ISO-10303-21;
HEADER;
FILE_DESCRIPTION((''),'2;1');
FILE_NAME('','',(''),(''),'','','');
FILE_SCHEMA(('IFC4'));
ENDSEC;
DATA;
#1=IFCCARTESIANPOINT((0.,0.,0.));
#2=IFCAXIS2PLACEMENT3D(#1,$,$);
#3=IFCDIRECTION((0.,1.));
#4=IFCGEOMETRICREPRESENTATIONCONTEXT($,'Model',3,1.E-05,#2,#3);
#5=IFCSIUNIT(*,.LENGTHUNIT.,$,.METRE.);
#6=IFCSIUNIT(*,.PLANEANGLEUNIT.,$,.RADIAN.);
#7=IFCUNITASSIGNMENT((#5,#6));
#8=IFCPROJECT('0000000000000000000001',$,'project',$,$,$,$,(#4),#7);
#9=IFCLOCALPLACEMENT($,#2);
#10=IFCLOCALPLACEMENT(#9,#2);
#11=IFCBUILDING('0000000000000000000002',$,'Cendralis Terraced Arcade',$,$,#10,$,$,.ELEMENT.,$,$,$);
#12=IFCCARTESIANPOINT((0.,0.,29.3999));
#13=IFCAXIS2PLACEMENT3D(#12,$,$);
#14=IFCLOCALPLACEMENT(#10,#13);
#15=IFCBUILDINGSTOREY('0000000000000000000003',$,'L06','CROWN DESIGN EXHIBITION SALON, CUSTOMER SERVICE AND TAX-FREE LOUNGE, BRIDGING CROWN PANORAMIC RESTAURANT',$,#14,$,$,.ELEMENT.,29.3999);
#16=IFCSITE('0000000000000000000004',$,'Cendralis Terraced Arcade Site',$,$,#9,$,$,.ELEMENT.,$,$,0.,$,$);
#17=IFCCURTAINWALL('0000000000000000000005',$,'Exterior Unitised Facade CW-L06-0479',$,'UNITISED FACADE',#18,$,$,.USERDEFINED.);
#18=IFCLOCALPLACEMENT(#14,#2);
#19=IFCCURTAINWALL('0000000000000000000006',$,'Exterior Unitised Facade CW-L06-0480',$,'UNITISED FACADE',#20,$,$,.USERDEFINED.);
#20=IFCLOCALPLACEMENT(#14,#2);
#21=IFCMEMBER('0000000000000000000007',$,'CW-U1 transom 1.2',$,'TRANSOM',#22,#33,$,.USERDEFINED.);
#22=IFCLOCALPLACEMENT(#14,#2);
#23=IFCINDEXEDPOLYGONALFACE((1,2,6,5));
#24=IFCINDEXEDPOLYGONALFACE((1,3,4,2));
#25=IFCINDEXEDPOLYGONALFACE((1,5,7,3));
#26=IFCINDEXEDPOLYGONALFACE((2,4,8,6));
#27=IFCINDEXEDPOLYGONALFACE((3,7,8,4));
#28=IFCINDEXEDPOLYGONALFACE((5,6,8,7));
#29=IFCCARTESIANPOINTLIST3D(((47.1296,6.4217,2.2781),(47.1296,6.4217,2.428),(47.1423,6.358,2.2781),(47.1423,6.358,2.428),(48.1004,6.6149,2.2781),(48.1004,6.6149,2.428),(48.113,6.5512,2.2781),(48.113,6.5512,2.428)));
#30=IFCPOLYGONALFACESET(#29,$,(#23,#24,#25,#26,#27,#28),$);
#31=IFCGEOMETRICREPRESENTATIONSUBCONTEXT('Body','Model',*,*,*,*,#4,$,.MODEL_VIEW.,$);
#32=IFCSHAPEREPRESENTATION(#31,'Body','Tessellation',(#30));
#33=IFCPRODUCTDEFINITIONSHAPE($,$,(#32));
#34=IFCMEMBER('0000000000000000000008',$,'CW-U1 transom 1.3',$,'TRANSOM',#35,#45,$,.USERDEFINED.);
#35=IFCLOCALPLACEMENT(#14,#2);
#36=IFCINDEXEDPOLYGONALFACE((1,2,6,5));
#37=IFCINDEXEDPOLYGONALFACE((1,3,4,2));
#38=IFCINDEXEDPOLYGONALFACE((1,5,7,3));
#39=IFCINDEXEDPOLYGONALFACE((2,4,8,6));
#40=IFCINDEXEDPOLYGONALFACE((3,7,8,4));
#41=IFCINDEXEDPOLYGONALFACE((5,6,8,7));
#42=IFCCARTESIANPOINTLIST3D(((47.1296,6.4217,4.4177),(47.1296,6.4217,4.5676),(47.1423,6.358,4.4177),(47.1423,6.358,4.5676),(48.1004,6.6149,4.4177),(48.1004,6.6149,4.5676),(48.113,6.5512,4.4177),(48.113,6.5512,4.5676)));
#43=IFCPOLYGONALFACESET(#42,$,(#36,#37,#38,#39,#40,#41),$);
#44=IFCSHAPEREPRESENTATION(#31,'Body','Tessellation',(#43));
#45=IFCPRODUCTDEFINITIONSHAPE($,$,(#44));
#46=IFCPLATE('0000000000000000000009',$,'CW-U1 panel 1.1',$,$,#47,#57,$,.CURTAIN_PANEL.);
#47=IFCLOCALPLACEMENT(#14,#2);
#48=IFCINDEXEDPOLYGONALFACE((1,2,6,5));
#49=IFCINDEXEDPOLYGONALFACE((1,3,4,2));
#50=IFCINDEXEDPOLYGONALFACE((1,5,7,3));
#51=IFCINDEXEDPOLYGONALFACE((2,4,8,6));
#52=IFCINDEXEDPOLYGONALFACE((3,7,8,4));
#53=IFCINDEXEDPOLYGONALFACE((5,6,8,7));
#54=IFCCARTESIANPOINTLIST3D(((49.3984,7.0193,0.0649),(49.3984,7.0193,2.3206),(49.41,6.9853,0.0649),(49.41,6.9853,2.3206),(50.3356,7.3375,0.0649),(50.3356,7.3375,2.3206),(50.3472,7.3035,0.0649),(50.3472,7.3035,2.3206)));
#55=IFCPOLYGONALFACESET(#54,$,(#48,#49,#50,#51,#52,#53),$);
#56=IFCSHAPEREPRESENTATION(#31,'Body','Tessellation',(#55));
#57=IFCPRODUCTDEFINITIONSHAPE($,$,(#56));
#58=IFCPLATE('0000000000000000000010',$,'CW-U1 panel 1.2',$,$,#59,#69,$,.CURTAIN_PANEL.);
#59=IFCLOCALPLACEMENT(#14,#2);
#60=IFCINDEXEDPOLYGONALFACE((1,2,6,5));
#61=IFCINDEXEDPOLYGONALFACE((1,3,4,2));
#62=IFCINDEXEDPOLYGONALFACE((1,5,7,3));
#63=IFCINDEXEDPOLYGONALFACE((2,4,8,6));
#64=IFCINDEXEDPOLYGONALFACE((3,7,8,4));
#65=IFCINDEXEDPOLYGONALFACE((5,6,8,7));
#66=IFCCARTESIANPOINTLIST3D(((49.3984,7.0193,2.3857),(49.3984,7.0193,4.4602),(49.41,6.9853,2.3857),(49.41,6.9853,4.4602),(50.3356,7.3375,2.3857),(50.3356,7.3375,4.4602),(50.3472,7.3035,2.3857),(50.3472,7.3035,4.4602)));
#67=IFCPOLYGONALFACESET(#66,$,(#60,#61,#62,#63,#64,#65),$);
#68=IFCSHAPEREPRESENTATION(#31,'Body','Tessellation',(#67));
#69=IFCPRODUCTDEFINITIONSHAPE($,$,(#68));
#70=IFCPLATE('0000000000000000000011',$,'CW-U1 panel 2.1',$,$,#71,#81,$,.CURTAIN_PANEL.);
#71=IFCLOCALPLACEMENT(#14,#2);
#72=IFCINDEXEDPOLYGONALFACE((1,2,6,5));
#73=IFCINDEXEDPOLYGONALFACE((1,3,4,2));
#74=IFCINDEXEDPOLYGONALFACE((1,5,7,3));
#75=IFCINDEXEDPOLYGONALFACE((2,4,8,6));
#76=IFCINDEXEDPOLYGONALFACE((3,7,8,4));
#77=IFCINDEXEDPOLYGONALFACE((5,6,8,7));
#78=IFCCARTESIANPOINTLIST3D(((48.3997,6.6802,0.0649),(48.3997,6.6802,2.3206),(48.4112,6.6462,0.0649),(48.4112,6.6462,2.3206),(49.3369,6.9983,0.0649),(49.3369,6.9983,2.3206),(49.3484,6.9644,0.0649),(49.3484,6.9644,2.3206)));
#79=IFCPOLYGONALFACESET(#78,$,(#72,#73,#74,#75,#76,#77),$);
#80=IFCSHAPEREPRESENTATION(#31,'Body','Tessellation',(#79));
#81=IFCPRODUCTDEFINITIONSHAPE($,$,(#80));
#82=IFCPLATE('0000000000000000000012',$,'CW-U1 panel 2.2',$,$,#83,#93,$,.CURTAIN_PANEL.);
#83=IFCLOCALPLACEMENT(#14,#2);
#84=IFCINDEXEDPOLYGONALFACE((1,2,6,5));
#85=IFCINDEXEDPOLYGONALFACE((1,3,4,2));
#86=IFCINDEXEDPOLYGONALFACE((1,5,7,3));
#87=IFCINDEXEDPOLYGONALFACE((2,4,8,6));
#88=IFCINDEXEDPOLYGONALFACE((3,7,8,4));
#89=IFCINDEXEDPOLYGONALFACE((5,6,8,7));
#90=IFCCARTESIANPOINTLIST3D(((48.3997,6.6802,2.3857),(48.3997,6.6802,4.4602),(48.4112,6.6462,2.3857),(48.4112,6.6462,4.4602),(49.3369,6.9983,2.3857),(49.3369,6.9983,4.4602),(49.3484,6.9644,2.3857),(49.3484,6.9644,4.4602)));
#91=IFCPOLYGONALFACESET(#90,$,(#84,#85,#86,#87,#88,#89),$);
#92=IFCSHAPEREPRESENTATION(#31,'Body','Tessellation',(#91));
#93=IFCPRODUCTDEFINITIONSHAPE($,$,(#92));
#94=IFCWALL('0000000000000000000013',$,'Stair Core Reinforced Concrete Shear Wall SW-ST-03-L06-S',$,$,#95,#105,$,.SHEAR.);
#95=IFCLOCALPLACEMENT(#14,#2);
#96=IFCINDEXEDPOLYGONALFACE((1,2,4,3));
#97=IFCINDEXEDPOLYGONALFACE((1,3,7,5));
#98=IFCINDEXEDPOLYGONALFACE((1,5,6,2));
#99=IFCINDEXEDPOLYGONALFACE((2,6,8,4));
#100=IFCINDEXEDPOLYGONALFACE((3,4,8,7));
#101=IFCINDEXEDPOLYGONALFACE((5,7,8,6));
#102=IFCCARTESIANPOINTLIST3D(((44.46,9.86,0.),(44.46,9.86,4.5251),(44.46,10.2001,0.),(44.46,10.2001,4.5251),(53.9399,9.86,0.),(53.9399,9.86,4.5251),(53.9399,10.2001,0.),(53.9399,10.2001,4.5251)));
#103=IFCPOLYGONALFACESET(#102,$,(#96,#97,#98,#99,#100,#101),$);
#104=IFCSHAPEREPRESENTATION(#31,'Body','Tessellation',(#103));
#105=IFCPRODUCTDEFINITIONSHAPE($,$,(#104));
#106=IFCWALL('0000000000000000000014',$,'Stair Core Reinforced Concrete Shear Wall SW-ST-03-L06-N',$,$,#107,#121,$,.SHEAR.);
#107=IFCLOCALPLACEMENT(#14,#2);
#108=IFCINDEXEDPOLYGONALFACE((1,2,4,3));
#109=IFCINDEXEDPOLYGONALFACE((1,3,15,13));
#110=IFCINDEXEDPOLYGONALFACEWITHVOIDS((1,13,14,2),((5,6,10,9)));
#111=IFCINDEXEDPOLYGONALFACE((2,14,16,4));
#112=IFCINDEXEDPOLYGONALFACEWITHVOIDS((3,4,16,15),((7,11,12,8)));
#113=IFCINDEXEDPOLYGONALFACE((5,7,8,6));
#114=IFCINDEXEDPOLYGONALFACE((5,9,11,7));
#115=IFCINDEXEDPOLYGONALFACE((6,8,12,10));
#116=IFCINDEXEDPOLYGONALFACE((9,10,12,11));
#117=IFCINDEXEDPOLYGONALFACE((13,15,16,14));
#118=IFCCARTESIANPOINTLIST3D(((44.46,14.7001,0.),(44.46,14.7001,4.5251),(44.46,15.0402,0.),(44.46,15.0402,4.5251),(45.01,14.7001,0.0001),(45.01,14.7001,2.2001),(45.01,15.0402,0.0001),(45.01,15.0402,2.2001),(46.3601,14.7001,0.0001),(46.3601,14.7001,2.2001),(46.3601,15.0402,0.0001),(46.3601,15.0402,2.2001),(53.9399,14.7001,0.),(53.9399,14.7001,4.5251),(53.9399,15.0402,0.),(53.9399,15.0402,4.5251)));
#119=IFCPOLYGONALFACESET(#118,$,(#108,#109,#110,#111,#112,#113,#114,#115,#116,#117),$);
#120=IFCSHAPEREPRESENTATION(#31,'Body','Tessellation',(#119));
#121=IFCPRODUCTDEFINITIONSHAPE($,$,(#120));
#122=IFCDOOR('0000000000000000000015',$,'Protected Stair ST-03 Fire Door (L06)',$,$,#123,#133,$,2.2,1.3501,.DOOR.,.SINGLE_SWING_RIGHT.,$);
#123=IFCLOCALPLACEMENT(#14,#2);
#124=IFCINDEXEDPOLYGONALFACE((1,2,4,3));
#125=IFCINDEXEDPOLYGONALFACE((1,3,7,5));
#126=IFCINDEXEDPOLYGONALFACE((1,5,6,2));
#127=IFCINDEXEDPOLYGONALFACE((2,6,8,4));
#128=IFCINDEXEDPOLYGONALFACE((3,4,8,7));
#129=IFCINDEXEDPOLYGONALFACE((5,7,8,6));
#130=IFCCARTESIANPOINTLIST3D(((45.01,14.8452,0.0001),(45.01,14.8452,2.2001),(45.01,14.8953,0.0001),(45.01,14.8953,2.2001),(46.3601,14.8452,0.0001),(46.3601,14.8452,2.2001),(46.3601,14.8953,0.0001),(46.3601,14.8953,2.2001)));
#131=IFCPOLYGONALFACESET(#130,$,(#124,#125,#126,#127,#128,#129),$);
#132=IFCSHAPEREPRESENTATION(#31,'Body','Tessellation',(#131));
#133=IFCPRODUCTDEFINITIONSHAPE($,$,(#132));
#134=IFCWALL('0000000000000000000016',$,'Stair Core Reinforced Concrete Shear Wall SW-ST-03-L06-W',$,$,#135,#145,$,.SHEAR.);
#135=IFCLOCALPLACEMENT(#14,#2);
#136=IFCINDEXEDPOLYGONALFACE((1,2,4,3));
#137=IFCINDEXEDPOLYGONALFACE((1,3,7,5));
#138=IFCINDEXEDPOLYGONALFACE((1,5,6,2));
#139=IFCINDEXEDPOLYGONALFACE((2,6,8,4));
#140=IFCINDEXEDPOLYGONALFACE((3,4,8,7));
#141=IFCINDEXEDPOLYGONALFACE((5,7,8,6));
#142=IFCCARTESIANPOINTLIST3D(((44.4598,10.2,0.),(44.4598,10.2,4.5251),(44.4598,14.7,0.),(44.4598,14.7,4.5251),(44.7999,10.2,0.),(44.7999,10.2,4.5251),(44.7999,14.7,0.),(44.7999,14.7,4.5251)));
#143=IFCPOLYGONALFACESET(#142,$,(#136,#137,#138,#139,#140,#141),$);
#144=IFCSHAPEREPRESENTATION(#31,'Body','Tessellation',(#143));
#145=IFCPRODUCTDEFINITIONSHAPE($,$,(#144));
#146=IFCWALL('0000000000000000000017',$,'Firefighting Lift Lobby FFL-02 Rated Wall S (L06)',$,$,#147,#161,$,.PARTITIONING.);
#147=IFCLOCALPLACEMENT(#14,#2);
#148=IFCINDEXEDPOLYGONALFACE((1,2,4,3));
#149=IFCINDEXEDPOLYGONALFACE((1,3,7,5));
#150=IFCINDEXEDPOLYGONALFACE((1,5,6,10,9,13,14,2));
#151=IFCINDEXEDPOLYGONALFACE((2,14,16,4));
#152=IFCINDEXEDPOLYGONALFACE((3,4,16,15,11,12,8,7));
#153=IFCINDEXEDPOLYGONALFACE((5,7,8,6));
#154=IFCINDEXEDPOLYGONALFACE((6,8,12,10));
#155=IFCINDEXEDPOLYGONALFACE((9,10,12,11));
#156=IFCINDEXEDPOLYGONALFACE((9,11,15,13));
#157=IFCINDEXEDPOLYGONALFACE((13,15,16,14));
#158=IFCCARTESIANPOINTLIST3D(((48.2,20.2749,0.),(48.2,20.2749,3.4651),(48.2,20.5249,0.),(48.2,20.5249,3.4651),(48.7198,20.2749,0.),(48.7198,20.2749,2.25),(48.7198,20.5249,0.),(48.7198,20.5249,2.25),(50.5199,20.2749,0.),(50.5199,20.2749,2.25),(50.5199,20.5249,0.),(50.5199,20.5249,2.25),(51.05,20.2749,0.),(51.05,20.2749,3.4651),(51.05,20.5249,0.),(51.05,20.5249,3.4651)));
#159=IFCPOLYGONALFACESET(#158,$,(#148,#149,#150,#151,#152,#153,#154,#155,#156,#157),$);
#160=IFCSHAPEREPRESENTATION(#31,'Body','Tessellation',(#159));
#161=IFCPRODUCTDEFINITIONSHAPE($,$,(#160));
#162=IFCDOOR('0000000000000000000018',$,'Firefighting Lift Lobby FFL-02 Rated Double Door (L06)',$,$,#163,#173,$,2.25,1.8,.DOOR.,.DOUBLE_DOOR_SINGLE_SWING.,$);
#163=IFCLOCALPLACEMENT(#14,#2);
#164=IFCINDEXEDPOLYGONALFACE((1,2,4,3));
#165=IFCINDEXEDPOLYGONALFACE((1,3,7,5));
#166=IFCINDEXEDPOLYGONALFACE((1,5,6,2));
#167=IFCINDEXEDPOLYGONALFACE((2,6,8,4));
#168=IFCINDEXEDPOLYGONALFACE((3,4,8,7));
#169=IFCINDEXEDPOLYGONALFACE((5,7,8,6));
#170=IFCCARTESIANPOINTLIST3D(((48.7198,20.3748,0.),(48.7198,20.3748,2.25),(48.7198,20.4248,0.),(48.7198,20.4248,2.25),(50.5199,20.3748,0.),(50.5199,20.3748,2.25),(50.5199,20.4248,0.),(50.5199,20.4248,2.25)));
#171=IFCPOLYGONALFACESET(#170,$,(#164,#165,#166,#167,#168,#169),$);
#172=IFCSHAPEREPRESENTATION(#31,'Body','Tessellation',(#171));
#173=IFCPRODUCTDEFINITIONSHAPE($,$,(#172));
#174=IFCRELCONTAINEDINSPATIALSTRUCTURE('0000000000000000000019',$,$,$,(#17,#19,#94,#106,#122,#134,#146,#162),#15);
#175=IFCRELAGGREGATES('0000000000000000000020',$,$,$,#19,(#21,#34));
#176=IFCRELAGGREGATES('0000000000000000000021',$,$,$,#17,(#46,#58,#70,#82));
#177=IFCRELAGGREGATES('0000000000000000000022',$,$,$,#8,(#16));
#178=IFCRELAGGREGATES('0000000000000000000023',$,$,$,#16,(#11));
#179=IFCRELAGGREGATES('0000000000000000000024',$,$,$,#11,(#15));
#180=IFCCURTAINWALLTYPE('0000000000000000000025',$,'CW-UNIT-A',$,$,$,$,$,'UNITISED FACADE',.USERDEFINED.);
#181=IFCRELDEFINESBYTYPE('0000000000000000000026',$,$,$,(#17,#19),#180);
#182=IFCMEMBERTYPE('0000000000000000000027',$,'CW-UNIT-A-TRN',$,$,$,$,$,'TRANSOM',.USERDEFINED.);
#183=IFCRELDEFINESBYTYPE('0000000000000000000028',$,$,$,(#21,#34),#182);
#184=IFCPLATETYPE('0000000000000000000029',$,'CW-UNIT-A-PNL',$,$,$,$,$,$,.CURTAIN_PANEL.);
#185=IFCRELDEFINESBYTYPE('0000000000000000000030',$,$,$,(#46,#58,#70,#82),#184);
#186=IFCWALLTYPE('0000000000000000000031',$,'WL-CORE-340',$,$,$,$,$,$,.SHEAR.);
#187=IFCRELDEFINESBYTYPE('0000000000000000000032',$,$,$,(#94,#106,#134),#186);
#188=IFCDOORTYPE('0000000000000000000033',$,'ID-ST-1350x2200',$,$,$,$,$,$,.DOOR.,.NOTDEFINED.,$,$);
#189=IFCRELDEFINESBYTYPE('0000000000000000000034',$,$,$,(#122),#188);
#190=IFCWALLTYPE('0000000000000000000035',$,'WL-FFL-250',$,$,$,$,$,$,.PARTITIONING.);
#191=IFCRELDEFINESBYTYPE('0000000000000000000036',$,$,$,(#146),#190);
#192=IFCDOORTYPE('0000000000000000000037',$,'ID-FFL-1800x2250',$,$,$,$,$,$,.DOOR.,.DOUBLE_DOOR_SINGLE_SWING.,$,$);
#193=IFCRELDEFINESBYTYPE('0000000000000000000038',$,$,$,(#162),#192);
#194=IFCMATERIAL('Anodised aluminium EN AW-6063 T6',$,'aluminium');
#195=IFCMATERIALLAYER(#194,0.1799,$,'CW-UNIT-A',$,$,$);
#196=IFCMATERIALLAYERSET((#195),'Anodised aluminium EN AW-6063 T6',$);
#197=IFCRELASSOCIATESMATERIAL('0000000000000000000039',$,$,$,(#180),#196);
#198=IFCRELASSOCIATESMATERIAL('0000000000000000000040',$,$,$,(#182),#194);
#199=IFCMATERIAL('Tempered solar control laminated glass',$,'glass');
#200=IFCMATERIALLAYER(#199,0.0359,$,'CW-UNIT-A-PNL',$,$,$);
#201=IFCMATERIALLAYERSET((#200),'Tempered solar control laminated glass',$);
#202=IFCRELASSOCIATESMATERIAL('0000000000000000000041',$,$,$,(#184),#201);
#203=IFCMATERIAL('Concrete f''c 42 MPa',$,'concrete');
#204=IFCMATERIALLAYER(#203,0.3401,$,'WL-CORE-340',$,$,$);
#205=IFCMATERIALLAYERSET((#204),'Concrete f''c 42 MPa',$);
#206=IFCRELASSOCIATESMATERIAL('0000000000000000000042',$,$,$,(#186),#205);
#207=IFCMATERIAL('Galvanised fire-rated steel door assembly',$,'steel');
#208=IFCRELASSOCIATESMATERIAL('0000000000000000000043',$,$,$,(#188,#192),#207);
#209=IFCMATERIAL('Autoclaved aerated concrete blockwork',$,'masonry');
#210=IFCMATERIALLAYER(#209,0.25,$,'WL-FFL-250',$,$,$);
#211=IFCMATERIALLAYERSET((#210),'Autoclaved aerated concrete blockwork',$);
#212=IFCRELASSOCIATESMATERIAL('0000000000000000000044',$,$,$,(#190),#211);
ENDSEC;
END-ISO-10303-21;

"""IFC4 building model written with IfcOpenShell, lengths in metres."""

from ifc_helpers import new_model, si_unit, direction, frame, frame_2d, origin, origin_2d, place, context, subcontext, project, spatial, rectangle, extrude, material, layer, layer_set, material_profile, profile_set, type_object, element, fill, aggregate, save


model = new_model("IFC4")

# Units and contexts
model_context = context("Model", 3, precision=1e-05, world=origin(), true_north=direction((0.0, 1.0)))
body_context = subcontext(model_context, "Body", "Model", "MODEL_VIEW")
ifc_project = project(units=[si_unit("LENGTHUNIT", "METRE"), si_unit("PLANEANGLEUNIT", "RADIAN")], contexts=[model_context])

# Site, building, storey
site_placement = place(None, origin())
site = spatial("IfcSite", under=ifc_project, at=site_placement, Name="Cendralis Terraced Arcade Site", CompositionType="ELEMENT", RefElevation=0.0)
building_placement = place(site_placement, origin())
building = spatial("IfcBuilding", under=site, at=building_placement, Name="Cendralis Terraced Arcade", CompositionType="ELEMENT")
storey_placement = place(building_placement, frame((0.0, 0.0, 29.3999)))
storey = spatial("IfcBuildingStorey", under=building, at=storey_placement, Name="L06", Description="CROWN DESIGN EXHIBITION SALON, CUSTOMER SERVICE AND TAX-FREE LOUNGE, BRIDGING CROWN PANORAMIC RESTAURANT", CompositionType="ELEMENT", Elevation=29.3999)

# Shared definitions
ifc_material_1 = material(Name="Concrete f'c 42 MPa", Category="concrete")

# Shared definitions
ifc_material_2 = material(Name="Anodised aluminium EN AW-6063 T6", Category="aluminium")
ifc_layer_1 = layer(ifc_material_2, 0.1799, Name="CW-UNIT-A")
ifc_layer_set_1 = layer_set([ifc_layer_1], Name="Anodised aluminium EN AW-6063 T6")
curtain_wall_type = type_object("IfcCurtainWallType", Name="CW-UNIT-A", ElementType="UNITISED FACADE", PredefinedType="USERDEFINED", material=ifc_layer_set_1)

# Curtain wall
curtain_wall_1_placement = place(storey_placement, origin())
curtain_wall_1 = element("IfcCurtainWall", 1, at=curtain_wall_1_placement, inside=storey, type_object=curtain_wall_type, Name="Exterior Unitised Facade CW-L06-0479", ObjectType="UNITISED FACADE", PredefinedType="USERDEFINED")

# Curtain wall
curtain_wall_2_placement = place(storey_placement, origin())
curtain_wall_2 = element("IfcCurtainWall", 2, at=curtain_wall_2_placement, inside=storey, type_object=curtain_wall_type, Name="Exterior Unitised Facade CW-L06-0480", ObjectType="UNITISED FACADE", PredefinedType="USERDEFINED")

# Members
ifc_material_profile_1 = material_profile(ifc_material_2, rectangle(XDim=0.0649, YDim=0.1499, at=origin_2d()), Name="ALU-TRN-65x150")
ifc_profile_set_1 = profile_set([ifc_material_profile_1], Name="Anodised aluminium EN AW-6063 T6")
member_type_1 = type_object("IfcMemberType", Name="CW-UNIT-A-TRN", ElementType="TRANSOM", PredefinedType="USERDEFINED", material=ifc_profile_set_1)
member_1_placement = place(storey_placement, frame((48.1067, 6.583, 2.353), z_axis=(-0.980779, -0.19512, 0.0), x_axis=(0.19512, -0.980779, 0.0)))
member_1 = element("IfcMember", 3, at=member_1_placement, type_object=member_type_1, Name="CW-U1 transom 1.2", ObjectType="TRANSOM", PredefinedType="USERDEFINED", context=body_context, shape_type="SweptSolid", body=[
    extrude(rectangle(XDim=0.0649, YDim=0.1499, at=origin_2d()), origin(), (0.0, 0.0, 1.0), 0.9897),
])
member_2_placement = place(storey_placement, frame((48.1067, 6.583, 4.4927), z_axis=(-0.980779, -0.19512, 0.0), x_axis=(0.19512, -0.980779, 0.0)))
member_2 = element("IfcMember", 4, at=member_2_placement, type_object=member_type_1, Name="CW-U1 transom 1.3", ObjectType="TRANSOM", PredefinedType="USERDEFINED", context=body_context, shape_type="SweptSolid", body=[
    extrude(rectangle(XDim=0.0649, YDim=0.1499, at=origin_2d()), origin(), (0.0, 0.0, 1.0), 0.9897),
])
aggregate(curtain_wall_2, [member_1, member_2])

# Plates
ifc_material_3 = material(Name="Tempered solar control laminated glass", Category="glass")
ifc_layer_2 = layer(ifc_material_3, 0.0359, Name="CW-UNIT-A-PNL")
ifc_layer_set_2 = layer_set([ifc_layer_2], Name="Tempered solar control laminated glass")
plate_type = type_object("IfcPlateType", Name="CW-UNIT-A-PNL", PredefinedType="CURTAIN_PANEL", material=ifc_layer_set_2)
plate_1_placement = place(storey_placement, frame((49.8728, 7.1614, 0.0649), z_axis=(0.0, 0.0, 1.0), x_axis=(-0.946917, -0.321479, 0.0)))
plate_1 = element("IfcPlate", 5, at=plate_1_placement, type_object=plate_type, Name="CW-U1 panel 1.1", PredefinedType="CURTAIN_PANEL", context=body_context, shape_type="SweptSolid", body=[
    extrude(rectangle(XDim=0.9897, YDim=0.0359, at=origin_2d()), origin(), (0.0, 0.0, 1.0), 2.2556),
])
plate_2_placement = place(storey_placement, frame((49.8728, 7.1614, 2.3857), z_axis=(0.0, 0.0, 1.0), x_axis=(-0.946917, -0.321479, 0.0)))
plate_2 = element("IfcPlate", 6, at=plate_2_placement, type_object=plate_type, Name="CW-U1 panel 1.2", PredefinedType="CURTAIN_PANEL", context=body_context, shape_type="SweptSolid", body=[
    extrude(rectangle(XDim=0.9897, YDim=0.0359, at=origin_2d()), origin(), (0.0, 0.0, 1.0), 2.0745),
])
plate_3_placement = place(storey_placement, frame((48.874, 6.8223, 0.0649), z_axis=(0.0, 0.0, 1.0), x_axis=(-0.946917, -0.321479, 0.0)))
plate_3 = element("IfcPlate", 7, at=plate_3_placement, type_object=plate_type, Name="CW-U1 panel 2.1", PredefinedType="CURTAIN_PANEL", context=body_context, shape_type="SweptSolid", body=[
    extrude(rectangle(XDim=0.9897, YDim=0.0359, at=origin_2d()), origin(), (0.0, 0.0, 1.0), 2.2556),
])
plate_4_placement = place(storey_placement, frame((48.874, 6.8223, 2.3857), z_axis=(0.0, 0.0, 1.0), x_axis=(-0.946917, -0.321479, 0.0)))
plate_4 = element("IfcPlate", 8, at=plate_4_placement, type_object=plate_type, Name="CW-U1 panel 2.2", PredefinedType="CURTAIN_PANEL", context=body_context, shape_type="SweptSolid", body=[
    extrude(rectangle(XDim=0.9897, YDim=0.0359, at=origin_2d()), origin(), (0.0, 0.0, 1.0), 2.0745),
])
aggregate(curtain_wall_1, [plate_1, plate_2, plate_3, plate_4])

# Wall
ifc_layer_3 = layer(ifc_material_1, 0.3401, Name="WL-CORE-340")
ifc_layer_set_3 = layer_set([ifc_layer_3], Name="Concrete f'c 42 MPa")
wall_type_1 = type_object("IfcWallType", Name="WL-CORE-340", PredefinedType="SHEAR", material=ifc_layer_set_3)
wall_1_placement = place(storey_placement, frame((44.46, 10.03, 0.0), z_axis=(0.0, 0.0, 1.0), x_axis=(1.0, 0.0, 0.0)))
element("IfcWall", 9, at=wall_1_placement, inside=storey, type_object=wall_type_1, Name="Stair Core Reinforced Concrete Shear Wall SW-ST-03-L06-S", PredefinedType="SHEAR", context=body_context, shape_type="SweptSolid", body=[
    extrude(rectangle(XDim=9.48, YDim=0.3401, at=frame_2d((4.74, 0.0))), origin(), (0.0, 0.0, 1.0), 4.5251),
])

# Wall, opening, door
wall_2_placement = place(storey_placement, frame((44.46, 14.8701, 0.0), z_axis=(0.0, 0.0, 1.0), x_axis=(1.0, 0.0, 0.0)))
wall_2 = element("IfcWall", 10, at=wall_2_placement, inside=storey, type_object=wall_type_1, Name="Stair Core Reinforced Concrete Shear Wall SW-ST-03-L06-N", PredefinedType="SHEAR", context=body_context, shape_type="SweptSolid", body=[
    extrude(rectangle(XDim=9.48, YDim=0.3401, at=frame_2d((4.74, 0.0))), origin(), (0.0, 0.0, 1.0), 4.5251),
])
opening_1_placement = place(wall_2_placement, frame((0.55, 0.0, 0.0)))
opening_1 = element("IfcOpeningElement", 11, at=opening_1_placement, cuts=wall_2, PredefinedType="OPENING", context=body_context, shape_type="SweptSolid", body=[
    extrude(rectangle(XDim=1.3501, YDim=2.2, at=frame_2d((0.675, 1.1001))), frame((0.0, 0.1821, 0.0), z_axis=(0.0, -1.0, 0.0), x_axis=(1.0, 0.0, 0.0)), (0.0, 0.0, 1.0), 0.364),
])
ifc_material_4 = material(Name="Galvanised fire-rated steel door assembly", Category="steel")
door_type_1 = type_object("IfcDoorType", Name="ID-ST-1350x2200", OperationType="NOTDEFINED", PredefinedType="DOOR", material=ifc_material_4)
door_1_placement = place(opening_1_placement, frame((1.3501, 0.0, 0.0), z_axis=(0.0, 0.0, 1.0), x_axis=(-1.0, 0.0, 0.0)))
door_1 = element("IfcDoor", 12, at=door_1_placement, inside=storey, type_object=door_type_1, Name="Protected Stair ST-03 Fire Door (L06)", OperationType="SINGLE_SWING_RIGHT", OverallHeight=2.2, OverallWidth=1.3501, PredefinedType="DOOR", context=body_context, shape_type="SweptSolid", body=[
    extrude(rectangle(XDim=1.3501, YDim=2.2, at=frame_2d((0.675, 1.1001))), frame((0.0, 0.0249, 0.0), z_axis=(0.0, -1.0, 0.0), x_axis=(1.0, 0.0, 0.0)), (0.0, 0.0, 1.0), 0.05),
])
fill(opening_1, door_1)

# Wall
wall_3_placement = place(storey_placement, frame((44.6299, 10.2, 0.0), z_axis=(0.0, 0.0, 1.0), x_axis=(0.0, 1.0, 0.0)))
element("IfcWall", 13, at=wall_3_placement, inside=storey, type_object=wall_type_1, Name="Stair Core Reinforced Concrete Shear Wall SW-ST-03-L06-W", PredefinedType="SHEAR", context=body_context, shape_type="SweptSolid", body=[
    extrude(rectangle(XDim=4.5, YDim=0.3401, at=frame_2d((2.25, 0.0))), origin(), (0.0, 0.0, 1.0), 4.5251),
])

# Wall, opening, door
ifc_material_5 = material(Name="Autoclaved aerated concrete blockwork", Category="masonry")
ifc_layer_4 = layer(ifc_material_5, 0.25, Name="WL-FFL-250")
ifc_layer_set_4 = layer_set([ifc_layer_4], Name="Autoclaved aerated concrete blockwork")
wall_type_2 = type_object("IfcWallType", Name="WL-FFL-250", PredefinedType="PARTITIONING", material=ifc_layer_set_4)
wall_4_placement = place(storey_placement, frame((48.2, 20.3999, 0.0), z_axis=(0.0, 0.0, 1.0), x_axis=(1.0, 0.0, 0.0)))
wall_4 = element("IfcWall", 14, at=wall_4_placement, inside=storey, type_object=wall_type_2, Name="Firefighting Lift Lobby FFL-02 Rated Wall S (L06)", PredefinedType="PARTITIONING", context=body_context, shape_type="SweptSolid", body=[
    extrude(rectangle(XDim=2.8501, YDim=0.25, at=frame_2d((1.425, 0.0))), origin(), (0.0, 0.0, 1.0), 3.4651),
])
opening_2_placement = place(wall_4_placement, frame((0.52, 0.0, 0.0)))
opening_2 = element("IfcOpeningElement", 15, at=opening_2_placement, cuts=wall_4, PredefinedType="OPENING", context=body_context, shape_type="SweptSolid", body=[
    extrude(rectangle(XDim=1.8, YDim=2.25, at=frame_2d((0.8999, 1.125))), frame((0.0, 0.137, 0.0), z_axis=(0.0, -1.0, 0.0), x_axis=(1.0, 0.0, 0.0)), (0.0, 0.0, 1.0), 0.2739),
])
door_type_2 = type_object("IfcDoorType", Name="ID-FFL-1800x2250", OperationType="DOUBLE_DOOR_SINGLE_SWING", PredefinedType="DOOR", material=ifc_material_4)
door_2_placement = place(opening_2_placement, origin())
door_2 = element("IfcDoor", 16, at=door_2_placement, inside=storey, type_object=door_type_2, Name="Firefighting Lift Lobby FFL-02 Rated Double Door (L06)", OperationType="DOUBLE_DOOR_SINGLE_SWING", OverallHeight=2.25, OverallWidth=1.8, PredefinedType="DOOR", context=body_context, shape_type="SweptSolid", body=[
    extrude(rectangle(XDim=1.8, YDim=2.25, at=frame_2d((0.8999, 1.125))), frame((0.0, 0.0249, 0.0), z_axis=(0.0, -1.0, 0.0), x_axis=(1.0, 0.0, 0.0)), (0.0, 0.0, 1.0), 0.05),
])
fill(opening_2, door_2)

save(model, "model.ifc")
